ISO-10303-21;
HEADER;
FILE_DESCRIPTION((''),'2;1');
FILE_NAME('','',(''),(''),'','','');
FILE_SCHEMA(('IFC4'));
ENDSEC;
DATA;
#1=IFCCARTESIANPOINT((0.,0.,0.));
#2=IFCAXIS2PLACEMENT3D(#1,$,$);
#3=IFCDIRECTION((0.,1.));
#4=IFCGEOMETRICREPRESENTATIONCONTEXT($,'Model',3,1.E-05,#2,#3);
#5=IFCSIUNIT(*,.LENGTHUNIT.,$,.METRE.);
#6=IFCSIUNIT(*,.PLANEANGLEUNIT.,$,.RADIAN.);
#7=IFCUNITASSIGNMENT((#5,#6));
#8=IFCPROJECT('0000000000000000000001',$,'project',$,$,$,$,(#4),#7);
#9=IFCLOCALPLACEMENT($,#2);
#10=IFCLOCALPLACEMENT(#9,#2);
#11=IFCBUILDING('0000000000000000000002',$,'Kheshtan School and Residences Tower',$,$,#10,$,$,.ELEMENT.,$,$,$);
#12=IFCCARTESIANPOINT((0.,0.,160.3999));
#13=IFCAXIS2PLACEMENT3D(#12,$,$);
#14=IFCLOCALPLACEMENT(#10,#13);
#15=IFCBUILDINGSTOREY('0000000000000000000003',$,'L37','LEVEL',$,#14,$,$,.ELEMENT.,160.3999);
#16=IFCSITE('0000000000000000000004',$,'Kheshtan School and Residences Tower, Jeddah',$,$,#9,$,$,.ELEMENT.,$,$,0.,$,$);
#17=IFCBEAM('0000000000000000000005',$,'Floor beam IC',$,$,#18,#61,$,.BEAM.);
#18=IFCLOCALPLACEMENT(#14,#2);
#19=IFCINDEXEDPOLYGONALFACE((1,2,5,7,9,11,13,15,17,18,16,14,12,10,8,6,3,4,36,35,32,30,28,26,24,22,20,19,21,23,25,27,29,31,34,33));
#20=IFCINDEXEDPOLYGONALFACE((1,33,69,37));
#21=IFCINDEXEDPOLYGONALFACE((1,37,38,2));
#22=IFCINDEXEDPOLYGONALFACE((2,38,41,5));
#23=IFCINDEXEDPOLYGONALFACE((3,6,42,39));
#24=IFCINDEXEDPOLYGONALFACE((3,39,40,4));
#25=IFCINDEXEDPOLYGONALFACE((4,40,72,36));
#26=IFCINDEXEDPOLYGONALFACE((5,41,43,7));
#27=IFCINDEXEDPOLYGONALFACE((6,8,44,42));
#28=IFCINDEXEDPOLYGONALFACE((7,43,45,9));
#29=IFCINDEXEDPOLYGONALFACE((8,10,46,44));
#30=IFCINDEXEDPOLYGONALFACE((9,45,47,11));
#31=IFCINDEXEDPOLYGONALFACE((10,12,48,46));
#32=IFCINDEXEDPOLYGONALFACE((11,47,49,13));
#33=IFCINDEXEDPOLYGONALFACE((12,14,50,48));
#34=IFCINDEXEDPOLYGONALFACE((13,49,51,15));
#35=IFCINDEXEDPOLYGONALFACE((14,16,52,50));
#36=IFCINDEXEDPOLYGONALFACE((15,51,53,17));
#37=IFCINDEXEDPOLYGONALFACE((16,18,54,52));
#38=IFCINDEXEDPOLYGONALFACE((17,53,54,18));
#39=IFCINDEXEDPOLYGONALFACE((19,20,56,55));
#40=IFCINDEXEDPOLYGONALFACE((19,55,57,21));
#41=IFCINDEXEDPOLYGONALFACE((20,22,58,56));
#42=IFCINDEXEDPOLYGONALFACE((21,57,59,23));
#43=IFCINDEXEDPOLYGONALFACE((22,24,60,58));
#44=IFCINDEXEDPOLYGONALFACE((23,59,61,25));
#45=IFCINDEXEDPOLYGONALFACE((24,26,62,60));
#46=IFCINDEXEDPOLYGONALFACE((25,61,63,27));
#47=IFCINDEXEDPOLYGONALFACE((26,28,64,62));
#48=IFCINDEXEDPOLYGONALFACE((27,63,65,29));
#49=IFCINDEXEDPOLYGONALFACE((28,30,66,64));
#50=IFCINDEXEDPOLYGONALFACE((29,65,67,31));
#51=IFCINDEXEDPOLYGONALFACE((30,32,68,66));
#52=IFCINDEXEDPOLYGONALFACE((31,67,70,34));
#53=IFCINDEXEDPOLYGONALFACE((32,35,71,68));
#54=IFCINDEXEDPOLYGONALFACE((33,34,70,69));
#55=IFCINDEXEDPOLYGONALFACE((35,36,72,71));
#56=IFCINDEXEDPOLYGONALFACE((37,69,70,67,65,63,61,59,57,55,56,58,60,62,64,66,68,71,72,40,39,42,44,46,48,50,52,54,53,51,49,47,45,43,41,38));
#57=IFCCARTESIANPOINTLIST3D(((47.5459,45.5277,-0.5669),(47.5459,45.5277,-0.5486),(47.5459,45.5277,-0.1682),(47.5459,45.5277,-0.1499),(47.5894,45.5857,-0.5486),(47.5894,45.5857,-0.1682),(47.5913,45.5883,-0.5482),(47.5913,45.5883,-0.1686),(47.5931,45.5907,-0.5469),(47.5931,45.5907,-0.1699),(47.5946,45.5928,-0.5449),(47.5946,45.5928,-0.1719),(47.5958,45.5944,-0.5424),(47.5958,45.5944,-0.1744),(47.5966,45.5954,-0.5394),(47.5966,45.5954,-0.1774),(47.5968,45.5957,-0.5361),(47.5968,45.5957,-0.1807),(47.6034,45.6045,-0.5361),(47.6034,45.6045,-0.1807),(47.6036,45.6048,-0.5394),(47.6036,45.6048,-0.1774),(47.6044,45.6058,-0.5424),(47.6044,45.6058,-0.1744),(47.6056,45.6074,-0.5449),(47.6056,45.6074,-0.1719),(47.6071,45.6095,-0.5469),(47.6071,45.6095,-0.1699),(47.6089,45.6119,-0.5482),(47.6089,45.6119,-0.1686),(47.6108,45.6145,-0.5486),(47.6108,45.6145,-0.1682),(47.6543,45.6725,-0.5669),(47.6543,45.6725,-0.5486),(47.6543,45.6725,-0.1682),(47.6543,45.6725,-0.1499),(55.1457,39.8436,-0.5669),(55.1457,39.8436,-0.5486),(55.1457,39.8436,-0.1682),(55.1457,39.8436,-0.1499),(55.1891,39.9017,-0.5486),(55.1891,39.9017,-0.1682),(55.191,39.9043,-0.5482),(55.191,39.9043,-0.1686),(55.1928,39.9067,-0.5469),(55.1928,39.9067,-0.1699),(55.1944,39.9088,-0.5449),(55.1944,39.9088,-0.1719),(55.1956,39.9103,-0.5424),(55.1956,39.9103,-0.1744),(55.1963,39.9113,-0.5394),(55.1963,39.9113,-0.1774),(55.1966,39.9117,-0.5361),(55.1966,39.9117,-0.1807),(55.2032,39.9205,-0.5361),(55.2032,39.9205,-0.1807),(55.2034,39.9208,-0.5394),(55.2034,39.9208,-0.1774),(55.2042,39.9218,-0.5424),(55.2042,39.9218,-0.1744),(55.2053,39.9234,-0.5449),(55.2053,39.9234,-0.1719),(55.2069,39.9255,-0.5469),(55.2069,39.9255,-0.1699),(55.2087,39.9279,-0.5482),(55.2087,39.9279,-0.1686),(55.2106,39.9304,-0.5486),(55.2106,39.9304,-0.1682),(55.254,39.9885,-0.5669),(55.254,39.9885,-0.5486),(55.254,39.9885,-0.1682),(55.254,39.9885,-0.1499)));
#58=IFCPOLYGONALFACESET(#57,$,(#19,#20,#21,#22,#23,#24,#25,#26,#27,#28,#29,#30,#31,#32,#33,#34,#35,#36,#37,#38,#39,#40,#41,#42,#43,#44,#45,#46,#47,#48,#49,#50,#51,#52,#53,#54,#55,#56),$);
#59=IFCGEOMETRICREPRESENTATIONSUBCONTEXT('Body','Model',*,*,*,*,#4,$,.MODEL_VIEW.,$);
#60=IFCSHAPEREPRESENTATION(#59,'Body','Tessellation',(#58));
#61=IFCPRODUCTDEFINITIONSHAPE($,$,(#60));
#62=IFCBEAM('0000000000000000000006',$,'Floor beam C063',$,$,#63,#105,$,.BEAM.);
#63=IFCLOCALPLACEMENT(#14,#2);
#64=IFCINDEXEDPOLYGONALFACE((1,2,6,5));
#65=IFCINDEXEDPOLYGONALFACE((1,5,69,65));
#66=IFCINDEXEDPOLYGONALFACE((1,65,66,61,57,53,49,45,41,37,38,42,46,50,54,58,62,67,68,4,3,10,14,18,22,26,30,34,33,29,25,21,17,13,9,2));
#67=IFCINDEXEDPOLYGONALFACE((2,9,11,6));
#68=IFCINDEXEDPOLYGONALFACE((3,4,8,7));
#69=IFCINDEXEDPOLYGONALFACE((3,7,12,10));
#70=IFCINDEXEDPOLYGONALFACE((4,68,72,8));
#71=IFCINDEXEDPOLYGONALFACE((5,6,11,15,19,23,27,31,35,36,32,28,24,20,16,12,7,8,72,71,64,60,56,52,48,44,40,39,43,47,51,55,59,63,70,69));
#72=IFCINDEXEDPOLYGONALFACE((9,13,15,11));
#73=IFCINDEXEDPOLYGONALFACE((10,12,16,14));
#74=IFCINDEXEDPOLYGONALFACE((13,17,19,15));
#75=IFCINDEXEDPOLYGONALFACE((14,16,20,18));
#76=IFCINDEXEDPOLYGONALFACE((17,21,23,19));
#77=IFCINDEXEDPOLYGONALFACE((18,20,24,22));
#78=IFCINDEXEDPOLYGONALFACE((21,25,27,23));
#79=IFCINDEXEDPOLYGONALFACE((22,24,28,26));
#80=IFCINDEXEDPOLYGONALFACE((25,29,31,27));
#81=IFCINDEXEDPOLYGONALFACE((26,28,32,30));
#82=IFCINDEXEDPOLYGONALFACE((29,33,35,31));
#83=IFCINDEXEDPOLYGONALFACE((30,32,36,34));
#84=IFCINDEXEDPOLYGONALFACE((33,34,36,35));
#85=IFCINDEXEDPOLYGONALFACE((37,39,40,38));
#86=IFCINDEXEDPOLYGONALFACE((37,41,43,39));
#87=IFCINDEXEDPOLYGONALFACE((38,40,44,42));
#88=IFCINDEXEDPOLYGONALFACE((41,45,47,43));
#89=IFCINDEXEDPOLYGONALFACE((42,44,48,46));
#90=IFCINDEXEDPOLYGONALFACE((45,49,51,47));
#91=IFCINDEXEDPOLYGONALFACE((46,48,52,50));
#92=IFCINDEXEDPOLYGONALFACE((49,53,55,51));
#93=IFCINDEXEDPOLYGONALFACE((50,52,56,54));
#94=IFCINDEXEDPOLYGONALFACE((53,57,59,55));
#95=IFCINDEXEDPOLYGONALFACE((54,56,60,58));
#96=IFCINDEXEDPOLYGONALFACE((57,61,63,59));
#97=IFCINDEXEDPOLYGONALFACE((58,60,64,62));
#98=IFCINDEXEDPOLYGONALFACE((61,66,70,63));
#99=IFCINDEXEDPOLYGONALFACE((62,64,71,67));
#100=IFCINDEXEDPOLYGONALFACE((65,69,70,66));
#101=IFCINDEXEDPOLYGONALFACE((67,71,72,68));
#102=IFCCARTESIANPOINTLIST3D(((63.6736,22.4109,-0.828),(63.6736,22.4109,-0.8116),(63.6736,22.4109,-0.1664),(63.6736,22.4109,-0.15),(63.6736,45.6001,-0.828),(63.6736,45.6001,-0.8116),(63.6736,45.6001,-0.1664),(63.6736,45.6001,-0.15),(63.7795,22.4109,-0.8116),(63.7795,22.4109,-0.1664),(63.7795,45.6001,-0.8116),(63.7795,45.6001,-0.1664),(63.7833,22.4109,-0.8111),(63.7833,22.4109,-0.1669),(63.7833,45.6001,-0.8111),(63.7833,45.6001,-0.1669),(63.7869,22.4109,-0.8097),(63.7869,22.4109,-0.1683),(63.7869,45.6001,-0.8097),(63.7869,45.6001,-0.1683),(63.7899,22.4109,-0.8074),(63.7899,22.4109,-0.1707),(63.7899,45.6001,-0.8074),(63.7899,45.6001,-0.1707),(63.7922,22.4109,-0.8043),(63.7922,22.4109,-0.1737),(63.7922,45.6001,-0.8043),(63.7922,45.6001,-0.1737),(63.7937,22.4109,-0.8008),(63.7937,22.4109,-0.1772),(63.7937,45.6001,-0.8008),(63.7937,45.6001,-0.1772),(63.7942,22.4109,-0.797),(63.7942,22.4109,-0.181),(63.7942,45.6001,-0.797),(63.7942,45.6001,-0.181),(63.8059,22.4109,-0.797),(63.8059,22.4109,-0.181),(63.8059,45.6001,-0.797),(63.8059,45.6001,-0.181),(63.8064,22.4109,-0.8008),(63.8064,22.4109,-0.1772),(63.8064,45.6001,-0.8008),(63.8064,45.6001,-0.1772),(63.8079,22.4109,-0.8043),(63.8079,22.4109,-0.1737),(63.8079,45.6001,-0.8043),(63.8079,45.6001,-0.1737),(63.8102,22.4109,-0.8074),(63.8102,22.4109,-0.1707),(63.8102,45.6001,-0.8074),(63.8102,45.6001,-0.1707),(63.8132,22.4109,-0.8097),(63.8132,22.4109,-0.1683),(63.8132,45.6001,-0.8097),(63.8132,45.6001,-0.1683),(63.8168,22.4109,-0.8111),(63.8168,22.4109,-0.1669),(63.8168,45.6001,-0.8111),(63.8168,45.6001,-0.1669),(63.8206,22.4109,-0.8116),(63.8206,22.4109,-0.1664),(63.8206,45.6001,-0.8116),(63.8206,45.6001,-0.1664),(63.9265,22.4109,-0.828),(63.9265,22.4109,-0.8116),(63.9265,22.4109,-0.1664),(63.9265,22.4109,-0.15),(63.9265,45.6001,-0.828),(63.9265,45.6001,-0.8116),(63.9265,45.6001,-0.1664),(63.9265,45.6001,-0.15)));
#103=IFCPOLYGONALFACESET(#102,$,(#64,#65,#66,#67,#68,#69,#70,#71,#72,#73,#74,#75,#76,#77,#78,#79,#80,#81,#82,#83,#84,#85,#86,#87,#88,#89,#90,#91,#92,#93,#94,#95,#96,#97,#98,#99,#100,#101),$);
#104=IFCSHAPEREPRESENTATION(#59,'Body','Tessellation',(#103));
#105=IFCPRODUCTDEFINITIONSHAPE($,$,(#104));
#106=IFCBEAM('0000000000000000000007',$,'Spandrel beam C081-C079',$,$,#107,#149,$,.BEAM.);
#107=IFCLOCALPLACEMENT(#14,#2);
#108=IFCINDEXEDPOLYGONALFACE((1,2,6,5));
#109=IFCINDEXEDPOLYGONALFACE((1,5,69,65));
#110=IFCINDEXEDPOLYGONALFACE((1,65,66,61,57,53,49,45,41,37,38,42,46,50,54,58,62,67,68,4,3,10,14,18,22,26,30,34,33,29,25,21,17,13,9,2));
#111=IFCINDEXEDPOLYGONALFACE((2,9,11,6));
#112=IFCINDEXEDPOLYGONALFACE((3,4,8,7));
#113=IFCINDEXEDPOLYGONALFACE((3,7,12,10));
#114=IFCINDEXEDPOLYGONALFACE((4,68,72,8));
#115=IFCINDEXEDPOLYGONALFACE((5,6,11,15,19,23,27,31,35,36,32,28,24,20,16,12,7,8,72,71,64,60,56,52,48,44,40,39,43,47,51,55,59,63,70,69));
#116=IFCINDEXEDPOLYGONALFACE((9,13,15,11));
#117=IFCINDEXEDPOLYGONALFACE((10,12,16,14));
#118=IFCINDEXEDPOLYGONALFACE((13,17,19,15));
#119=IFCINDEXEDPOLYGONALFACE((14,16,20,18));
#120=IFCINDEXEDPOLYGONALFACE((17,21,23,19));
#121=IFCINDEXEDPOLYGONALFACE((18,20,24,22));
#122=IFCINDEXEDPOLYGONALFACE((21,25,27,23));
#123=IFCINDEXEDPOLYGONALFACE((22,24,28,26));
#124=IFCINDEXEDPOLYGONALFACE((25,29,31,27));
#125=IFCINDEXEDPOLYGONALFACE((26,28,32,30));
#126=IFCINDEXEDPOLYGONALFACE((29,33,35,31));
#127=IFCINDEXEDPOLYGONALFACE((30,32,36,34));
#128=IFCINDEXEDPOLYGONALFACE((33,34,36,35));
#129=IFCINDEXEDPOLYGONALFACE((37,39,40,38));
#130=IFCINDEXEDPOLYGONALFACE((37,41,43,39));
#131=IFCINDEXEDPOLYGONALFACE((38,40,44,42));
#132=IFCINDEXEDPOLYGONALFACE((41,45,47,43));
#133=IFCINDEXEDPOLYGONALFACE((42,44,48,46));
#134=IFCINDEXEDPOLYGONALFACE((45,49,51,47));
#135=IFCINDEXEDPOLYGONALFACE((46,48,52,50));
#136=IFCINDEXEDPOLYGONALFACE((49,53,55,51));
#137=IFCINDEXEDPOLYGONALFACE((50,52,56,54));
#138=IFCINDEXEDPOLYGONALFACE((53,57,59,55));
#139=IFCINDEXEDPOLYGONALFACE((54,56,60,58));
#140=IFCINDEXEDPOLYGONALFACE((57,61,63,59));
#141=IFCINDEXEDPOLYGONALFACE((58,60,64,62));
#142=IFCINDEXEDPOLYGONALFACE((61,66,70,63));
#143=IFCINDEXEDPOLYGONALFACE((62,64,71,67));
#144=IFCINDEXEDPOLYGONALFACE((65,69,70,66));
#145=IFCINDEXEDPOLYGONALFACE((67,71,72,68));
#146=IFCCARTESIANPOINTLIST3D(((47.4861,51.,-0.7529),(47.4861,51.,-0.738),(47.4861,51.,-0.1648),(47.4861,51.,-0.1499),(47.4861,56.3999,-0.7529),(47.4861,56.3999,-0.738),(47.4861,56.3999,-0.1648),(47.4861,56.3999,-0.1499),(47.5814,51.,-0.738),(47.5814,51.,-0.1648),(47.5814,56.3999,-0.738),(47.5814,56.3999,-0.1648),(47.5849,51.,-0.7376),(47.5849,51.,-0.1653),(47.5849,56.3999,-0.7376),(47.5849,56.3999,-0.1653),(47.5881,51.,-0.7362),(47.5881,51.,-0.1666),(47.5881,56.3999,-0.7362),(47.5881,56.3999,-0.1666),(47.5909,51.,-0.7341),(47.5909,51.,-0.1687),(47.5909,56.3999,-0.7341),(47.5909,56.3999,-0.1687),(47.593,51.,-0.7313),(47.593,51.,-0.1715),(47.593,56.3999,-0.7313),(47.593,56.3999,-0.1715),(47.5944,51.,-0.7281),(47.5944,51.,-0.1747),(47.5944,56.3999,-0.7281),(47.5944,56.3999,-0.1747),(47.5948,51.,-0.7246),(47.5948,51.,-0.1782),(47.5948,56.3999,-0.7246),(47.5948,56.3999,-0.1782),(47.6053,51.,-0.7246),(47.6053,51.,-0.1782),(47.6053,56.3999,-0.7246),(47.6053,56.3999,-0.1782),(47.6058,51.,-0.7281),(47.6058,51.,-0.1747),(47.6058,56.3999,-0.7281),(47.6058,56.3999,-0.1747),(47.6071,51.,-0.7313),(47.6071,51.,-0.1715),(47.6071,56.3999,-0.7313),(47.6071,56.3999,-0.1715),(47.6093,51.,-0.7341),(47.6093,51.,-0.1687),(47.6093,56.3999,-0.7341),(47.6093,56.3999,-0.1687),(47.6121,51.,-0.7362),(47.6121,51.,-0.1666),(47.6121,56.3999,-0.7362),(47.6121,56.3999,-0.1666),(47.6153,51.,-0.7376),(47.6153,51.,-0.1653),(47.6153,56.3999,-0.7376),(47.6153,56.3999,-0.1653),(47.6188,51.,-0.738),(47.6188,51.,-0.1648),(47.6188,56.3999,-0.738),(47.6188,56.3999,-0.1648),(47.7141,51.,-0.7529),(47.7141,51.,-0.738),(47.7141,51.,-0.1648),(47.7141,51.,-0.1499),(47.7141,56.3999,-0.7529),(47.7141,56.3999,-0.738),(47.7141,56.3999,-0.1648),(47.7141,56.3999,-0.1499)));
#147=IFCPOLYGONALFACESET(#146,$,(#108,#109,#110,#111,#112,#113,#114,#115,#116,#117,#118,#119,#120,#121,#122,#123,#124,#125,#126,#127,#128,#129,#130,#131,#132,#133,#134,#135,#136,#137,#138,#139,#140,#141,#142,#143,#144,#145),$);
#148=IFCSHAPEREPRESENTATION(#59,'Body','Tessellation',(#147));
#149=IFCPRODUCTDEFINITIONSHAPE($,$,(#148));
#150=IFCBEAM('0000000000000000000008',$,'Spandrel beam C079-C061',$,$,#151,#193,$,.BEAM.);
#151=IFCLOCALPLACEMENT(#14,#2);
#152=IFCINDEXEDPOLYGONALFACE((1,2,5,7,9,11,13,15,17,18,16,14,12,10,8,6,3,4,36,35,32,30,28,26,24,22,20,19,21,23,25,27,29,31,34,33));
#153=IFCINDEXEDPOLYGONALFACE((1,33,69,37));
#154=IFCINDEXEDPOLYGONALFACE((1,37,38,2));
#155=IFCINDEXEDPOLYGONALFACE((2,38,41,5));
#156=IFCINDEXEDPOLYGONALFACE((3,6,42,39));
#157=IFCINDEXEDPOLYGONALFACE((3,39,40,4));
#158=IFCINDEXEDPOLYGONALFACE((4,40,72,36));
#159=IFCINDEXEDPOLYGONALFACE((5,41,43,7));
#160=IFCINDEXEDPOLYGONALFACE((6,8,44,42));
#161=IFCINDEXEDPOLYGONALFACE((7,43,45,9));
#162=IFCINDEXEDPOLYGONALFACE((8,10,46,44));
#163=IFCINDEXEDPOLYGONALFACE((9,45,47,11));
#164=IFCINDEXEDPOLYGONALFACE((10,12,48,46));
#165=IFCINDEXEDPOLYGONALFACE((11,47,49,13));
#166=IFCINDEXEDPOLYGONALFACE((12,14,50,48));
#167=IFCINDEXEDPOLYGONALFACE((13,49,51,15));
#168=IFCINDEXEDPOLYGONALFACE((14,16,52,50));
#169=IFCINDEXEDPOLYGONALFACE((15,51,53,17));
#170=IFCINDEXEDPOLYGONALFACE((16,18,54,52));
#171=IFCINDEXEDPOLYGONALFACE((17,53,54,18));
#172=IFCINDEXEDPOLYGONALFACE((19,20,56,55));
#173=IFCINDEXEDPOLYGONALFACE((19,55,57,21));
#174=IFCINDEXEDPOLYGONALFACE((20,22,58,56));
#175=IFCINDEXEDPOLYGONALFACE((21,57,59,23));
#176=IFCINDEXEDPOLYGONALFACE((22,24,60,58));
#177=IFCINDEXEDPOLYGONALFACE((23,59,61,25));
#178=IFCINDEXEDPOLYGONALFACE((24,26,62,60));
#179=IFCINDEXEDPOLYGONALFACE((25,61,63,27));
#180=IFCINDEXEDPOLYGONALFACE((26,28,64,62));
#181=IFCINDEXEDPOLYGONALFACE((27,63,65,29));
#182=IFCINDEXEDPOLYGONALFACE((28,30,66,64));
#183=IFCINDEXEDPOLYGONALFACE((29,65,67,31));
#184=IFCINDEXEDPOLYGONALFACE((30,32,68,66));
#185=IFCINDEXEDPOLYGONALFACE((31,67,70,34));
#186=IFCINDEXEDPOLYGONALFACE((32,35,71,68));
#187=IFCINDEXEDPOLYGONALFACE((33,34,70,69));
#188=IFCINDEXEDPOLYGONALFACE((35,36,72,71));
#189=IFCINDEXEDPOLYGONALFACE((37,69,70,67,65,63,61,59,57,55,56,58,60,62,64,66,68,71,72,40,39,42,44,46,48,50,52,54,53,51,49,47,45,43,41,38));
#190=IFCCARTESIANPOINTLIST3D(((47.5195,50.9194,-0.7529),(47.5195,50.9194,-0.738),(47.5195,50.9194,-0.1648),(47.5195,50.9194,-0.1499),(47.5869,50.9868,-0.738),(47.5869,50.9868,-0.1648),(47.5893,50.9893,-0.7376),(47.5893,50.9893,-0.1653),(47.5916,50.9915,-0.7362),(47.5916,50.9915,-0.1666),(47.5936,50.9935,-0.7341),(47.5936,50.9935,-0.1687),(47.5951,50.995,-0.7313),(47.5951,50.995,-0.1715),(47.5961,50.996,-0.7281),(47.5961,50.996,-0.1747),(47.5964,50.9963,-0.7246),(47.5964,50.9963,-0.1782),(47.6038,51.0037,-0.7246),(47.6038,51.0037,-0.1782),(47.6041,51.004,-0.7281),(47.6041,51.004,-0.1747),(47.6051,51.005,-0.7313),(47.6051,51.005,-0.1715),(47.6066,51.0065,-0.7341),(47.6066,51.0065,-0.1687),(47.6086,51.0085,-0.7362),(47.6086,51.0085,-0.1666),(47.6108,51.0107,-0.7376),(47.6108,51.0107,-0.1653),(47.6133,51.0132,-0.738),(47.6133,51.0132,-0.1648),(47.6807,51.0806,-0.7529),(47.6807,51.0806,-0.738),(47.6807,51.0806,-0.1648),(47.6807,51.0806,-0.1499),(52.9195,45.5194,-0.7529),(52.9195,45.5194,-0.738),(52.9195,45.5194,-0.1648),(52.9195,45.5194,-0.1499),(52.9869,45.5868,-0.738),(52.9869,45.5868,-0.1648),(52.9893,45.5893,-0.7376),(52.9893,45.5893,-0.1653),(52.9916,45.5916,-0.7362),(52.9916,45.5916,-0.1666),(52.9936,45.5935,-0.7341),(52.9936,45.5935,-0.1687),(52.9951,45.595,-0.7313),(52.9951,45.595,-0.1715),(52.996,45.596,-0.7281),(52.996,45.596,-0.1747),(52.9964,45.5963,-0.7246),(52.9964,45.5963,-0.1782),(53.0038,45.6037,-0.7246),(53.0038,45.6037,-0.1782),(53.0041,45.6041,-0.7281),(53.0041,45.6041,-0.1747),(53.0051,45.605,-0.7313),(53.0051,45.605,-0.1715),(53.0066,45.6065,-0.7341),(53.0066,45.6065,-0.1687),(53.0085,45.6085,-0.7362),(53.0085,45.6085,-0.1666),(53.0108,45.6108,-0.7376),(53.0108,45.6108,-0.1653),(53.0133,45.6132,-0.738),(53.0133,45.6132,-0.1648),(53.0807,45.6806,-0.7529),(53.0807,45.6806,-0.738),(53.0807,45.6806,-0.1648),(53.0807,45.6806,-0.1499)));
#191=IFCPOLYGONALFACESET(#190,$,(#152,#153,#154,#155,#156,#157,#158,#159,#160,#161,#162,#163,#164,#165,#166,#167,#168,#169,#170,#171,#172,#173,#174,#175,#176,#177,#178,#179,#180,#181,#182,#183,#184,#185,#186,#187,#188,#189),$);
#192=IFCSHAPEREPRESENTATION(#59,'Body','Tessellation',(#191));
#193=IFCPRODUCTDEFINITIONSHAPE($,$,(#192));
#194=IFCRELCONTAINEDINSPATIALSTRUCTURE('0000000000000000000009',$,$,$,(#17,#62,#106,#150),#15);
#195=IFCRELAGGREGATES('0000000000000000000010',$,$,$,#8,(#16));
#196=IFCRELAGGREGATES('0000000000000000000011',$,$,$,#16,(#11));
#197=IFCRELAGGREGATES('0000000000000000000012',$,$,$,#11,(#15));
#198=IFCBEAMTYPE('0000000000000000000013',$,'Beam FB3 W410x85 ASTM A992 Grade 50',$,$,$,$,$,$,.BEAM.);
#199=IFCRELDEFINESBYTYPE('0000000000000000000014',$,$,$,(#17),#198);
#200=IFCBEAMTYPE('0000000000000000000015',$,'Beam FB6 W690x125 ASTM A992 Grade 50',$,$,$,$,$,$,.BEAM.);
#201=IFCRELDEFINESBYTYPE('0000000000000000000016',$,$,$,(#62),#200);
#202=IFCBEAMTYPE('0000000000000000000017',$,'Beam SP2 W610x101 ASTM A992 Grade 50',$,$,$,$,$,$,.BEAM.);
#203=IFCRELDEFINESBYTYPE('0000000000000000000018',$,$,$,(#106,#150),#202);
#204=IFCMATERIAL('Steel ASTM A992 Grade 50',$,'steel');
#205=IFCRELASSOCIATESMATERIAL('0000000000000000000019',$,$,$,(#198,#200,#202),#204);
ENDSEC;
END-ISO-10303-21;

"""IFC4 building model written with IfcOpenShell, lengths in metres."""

from ifc_helpers import new_model, si_unit, direction, frame, origin, origin_2d, place, context, subcontext, project, spatial, i_section, extrude, material, material_profile, profile_set, type_object, element, save


model = new_model("IFC4")

# Units and contexts
model_context = context("Model", 3, precision=1e-05, world=origin(), true_north=direction((0.0, 1.0)))
body_context = subcontext(model_context, "Body", "Model", "MODEL_VIEW")
ifc_project = project(units=[si_unit("LENGTHUNIT", "METRE"), si_unit("PLANEANGLEUNIT", "RADIAN")], contexts=[model_context])

# Site, building, storey
site_placement = place(None, origin())
site = spatial("IfcSite", under=ifc_project, at=site_placement, Name="Kheshtan School and Residences Tower, Jeddah", CompositionType="ELEMENT", RefElevation=0.0)
building_placement = place(site_placement, origin())
building = spatial("IfcBuilding", under=site, at=building_placement, Name="Kheshtan School and Residences Tower", CompositionType="ELEMENT")
storey_placement = place(building_placement, frame((0.0, 0.0, 160.3999)))
storey = spatial("IfcBuildingStorey", under=building, at=storey_placement, Name="L37", Description="LEVEL", CompositionType="ELEMENT", Elevation=160.3999)

# Shared definitions
ifc_material_1 = material(Name="Steel ASTM A992 Grade 50", Category="steel")

# Beams
ifc_material_profile_1 = material_profile(ifc_material_1, i_section(OverallWidth=0.1809, OverallDepth=0.417, WebThickness=0.011, FlangeThickness=0.0183, FilletRadius=0.0125, at=origin_2d()), Name="W410x85")
ifc_profile_set_1 = profile_set([ifc_material_profile_1], Name="Steel ASTM A992 Grade 50")
beam_type_1 = type_object("IfcBeamType", Name="Beam FB3 W410x85 ASTM A992 Grade 50", PredefinedType="BEAM", material=ifc_profile_set_1)
beam_1_placement = place(storey_placement, frame((47.6001, 45.6001, -0.3584), z_axis=(0.800799, -0.598933, 0.0), x_axis=(0.598933, 0.800799, 0.0)))
element("IfcBeam", 1, at=beam_1_placement, inside=storey, type_object=beam_type_1, Name="Floor beam IC", PredefinedType="BEAM", context=body_context, shape_type="SweptSolid", body=[
    extrude(i_section(OverallWidth=0.1809, OverallDepth=0.417, WebThickness=0.011, FlangeThickness=0.0183, FilletRadius=0.0125, at=origin_2d()), origin(), (0.0, 0.0, 1.0), 9.4902),
])
ifc_material_profile_2 = material_profile(ifc_material_1, i_section(OverallWidth=0.2529, OverallDepth=0.678, WebThickness=0.0117, FlangeThickness=0.0164, FilletRadius=0.0146, at=origin_2d()), Name="W690x125")
ifc_profile_set_2 = profile_set([ifc_material_profile_2], Name="Steel ASTM A992 Grade 50")
beam_type_2 = type_object("IfcBeamType", Name="Beam FB6 W690x125 ASTM A992 Grade 50", PredefinedType="BEAM", material=ifc_profile_set_2)
beam_2_placement = place(storey_placement, frame((63.8, 45.6001, -0.489), z_axis=(0.0, -1.0, 0.0), x_axis=(1.0, 0.0, 0.0)))
element("IfcBeam", 2, at=beam_2_placement, inside=storey, type_object=beam_type_2, Name="Floor beam C063", PredefinedType="BEAM", context=body_context, shape_type="SweptSolid", body=[
    extrude(i_section(OverallWidth=0.2529, OverallDepth=0.678, WebThickness=0.0117, FlangeThickness=0.0164, FilletRadius=0.0146, at=origin_2d()), origin(), (0.0, 0.0, 1.0), 23.1892),
])
ifc_material_profile_3 = material_profile(ifc_material_1, i_section(OverallWidth=0.228, OverallDepth=0.603, WebThickness=0.0105, FlangeThickness=0.0149, FilletRadius=0.0134, at=origin_2d()), Name="W610x101")
ifc_profile_set_3 = profile_set([ifc_material_profile_3], Name="Steel ASTM A992 Grade 50")
beam_type_3 = type_object("IfcBeamType", Name="Beam SP2 W610x101 ASTM A992 Grade 50", PredefinedType="BEAM", material=ifc_profile_set_3)
beam_3_placement = place(storey_placement, frame((47.6001, 56.3999, -0.4514), z_axis=(0.0, -1.0, 0.0), x_axis=(1.0, 0.0, 0.0)))
element("IfcBeam", 3, at=beam_3_placement, inside=storey, type_object=beam_type_3, Name="Spandrel beam C081-C079", PredefinedType="BEAM", context=body_context, shape_type="SweptSolid", body=[
    extrude(i_section(OverallWidth=0.228, OverallDepth=0.603, WebThickness=0.0105, FlangeThickness=0.0149, FilletRadius=0.0134, at=origin_2d()), origin(), (0.0, 0.0, 1.0), 5.3999),
])
beam_4_placement = place(storey_placement, frame((47.6001, 51.0, -0.4514), z_axis=(0.707107, -0.707107, 0.0), x_axis=(0.707107, 0.707107, 0.0)))
element("IfcBeam", 4, at=beam_4_placement, inside=storey, type_object=beam_type_3, Name="Spandrel beam C079-C061", PredefinedType="BEAM", context=body_context, shape_type="SweptSolid", body=[
    extrude(i_section(OverallWidth=0.228, OverallDepth=0.603, WebThickness=0.0105, FlangeThickness=0.0149, FilletRadius=0.0134, at=origin_2d()), origin(), (0.0, 0.0, 1.0), 7.6367),
])

save(model, "model.ifc")
